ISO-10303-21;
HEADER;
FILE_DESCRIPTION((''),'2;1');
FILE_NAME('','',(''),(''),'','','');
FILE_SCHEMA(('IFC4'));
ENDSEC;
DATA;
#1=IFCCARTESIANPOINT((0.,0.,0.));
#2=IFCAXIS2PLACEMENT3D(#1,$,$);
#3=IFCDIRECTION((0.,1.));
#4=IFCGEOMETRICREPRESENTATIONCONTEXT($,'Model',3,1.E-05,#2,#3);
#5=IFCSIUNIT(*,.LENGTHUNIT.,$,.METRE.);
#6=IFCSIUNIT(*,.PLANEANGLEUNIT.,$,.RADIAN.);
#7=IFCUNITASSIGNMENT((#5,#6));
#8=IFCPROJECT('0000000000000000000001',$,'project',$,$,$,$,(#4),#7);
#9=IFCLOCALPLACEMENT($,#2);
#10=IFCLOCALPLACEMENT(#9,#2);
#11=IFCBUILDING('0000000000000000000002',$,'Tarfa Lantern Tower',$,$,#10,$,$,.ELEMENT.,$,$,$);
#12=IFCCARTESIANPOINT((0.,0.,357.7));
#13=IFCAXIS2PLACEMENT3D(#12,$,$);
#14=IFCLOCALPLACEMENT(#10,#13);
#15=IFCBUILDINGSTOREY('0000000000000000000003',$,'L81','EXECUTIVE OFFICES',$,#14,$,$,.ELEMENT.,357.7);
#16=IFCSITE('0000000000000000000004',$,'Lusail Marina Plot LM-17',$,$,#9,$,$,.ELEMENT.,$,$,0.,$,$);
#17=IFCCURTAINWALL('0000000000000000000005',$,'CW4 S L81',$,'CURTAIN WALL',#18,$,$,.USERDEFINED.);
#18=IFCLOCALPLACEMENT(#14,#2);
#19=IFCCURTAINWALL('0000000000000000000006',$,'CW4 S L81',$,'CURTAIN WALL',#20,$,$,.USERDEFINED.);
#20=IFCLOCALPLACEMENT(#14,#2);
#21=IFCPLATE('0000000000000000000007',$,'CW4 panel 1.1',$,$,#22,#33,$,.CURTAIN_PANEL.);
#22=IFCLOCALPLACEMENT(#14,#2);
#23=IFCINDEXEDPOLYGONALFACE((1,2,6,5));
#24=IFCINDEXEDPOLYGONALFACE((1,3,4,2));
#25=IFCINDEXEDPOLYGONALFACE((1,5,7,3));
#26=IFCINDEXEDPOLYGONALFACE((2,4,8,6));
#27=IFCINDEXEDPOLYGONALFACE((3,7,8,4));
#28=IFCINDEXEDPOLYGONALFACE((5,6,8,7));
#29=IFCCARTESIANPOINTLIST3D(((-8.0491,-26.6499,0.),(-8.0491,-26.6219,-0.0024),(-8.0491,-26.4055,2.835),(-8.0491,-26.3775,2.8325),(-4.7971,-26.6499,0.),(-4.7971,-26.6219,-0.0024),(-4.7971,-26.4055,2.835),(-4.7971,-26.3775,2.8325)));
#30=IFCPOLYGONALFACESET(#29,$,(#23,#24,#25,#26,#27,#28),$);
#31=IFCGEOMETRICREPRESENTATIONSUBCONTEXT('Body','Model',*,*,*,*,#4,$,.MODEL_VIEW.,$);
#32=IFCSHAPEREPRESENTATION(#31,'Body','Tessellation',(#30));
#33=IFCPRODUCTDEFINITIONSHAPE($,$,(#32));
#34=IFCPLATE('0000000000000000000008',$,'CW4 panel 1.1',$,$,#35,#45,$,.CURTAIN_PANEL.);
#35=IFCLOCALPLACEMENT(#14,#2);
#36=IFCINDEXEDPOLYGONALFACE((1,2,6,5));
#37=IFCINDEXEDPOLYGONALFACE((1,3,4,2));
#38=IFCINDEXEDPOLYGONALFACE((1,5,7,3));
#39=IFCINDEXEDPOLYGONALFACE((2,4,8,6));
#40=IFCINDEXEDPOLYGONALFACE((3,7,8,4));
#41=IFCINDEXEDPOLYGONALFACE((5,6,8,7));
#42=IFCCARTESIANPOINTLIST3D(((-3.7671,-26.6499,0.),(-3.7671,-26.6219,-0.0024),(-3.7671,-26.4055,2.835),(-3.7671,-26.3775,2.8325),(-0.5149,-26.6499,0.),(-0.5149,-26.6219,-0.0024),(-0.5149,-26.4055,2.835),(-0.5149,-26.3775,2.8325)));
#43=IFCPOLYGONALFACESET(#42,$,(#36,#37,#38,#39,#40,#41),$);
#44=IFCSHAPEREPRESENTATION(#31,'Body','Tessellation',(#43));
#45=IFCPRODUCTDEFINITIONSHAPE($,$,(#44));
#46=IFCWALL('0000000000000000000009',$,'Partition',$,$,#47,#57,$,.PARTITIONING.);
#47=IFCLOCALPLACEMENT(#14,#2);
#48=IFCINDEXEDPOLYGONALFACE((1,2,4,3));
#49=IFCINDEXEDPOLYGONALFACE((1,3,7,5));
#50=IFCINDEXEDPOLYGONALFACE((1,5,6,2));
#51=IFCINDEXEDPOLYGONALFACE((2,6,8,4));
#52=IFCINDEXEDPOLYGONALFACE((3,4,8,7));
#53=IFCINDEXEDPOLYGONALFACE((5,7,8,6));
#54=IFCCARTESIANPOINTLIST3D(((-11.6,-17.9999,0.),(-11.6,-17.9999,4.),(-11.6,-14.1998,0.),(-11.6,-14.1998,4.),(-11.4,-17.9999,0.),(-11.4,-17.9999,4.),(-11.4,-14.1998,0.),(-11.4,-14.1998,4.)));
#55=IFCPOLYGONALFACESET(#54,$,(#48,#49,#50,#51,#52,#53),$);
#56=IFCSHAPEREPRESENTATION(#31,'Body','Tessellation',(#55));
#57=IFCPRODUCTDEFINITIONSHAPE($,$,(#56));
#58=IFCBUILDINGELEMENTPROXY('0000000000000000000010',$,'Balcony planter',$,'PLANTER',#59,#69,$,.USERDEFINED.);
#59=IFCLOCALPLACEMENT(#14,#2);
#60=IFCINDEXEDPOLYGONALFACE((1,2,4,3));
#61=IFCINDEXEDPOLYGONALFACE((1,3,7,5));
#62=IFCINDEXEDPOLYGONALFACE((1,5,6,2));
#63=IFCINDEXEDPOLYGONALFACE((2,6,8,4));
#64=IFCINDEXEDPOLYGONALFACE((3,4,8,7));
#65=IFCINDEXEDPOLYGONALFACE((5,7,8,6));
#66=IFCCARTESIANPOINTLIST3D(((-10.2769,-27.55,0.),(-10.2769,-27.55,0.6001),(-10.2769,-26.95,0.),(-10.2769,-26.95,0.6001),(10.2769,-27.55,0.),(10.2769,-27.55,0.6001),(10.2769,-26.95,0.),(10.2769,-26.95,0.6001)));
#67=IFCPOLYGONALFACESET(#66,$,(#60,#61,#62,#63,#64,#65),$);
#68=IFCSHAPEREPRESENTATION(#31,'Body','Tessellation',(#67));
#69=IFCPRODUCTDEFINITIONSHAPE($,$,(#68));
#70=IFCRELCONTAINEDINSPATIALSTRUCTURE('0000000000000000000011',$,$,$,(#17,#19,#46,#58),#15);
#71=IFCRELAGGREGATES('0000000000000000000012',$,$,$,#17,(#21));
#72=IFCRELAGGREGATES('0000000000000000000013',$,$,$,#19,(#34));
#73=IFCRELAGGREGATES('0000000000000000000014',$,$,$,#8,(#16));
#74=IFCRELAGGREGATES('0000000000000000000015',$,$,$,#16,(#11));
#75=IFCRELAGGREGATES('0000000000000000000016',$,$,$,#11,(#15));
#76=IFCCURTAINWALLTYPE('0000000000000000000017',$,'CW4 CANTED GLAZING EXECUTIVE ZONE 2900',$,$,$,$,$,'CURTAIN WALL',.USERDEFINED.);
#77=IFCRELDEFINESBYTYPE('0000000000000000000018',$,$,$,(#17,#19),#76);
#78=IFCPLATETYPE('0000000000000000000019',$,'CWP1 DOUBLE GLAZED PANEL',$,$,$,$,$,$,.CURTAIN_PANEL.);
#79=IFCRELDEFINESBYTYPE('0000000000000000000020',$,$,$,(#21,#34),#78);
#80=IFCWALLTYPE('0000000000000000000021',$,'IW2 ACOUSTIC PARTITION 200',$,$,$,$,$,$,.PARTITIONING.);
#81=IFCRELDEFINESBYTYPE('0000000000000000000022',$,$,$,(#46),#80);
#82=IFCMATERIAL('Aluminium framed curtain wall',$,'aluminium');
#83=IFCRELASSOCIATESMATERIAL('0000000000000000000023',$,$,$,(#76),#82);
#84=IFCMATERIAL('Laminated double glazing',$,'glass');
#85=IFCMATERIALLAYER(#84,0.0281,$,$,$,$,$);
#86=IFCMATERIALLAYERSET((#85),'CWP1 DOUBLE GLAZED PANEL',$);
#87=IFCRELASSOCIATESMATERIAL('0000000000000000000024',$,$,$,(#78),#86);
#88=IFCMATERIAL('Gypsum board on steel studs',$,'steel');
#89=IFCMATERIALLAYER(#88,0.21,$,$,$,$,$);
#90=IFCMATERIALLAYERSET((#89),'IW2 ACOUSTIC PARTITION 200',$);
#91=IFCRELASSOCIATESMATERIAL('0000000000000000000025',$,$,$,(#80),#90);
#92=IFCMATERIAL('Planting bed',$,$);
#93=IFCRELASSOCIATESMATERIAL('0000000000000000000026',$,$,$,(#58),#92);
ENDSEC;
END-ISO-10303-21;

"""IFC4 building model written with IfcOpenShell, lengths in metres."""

from ifc_helpers import new_model, si_unit, direction, frame, frame_2d, origin, origin_2d, place, context, subcontext, project, spatial, polyline, rectangle, outline, extrude, material, layer, layer_set, type_object, element, aggregate, save


model = new_model("IFC4")

# Units and contexts
model_context = context("Model", 3, precision=1e-05, world=origin(), true_north=direction((0.0, 1.0)))
body_context = subcontext(model_context, "Body", "Model", "MODEL_VIEW")
ifc_project = project(units=[si_unit("LENGTHUNIT", "METRE"), si_unit("PLANEANGLEUNIT", "RADIAN")], contexts=[model_context])

# Site, building, storey
site_placement = place(None, origin())
site = spatial("IfcSite", under=ifc_project, at=site_placement, Name="Lusail Marina Plot LM-17", CompositionType="ELEMENT", RefElevation=0.0)
building_placement = place(site_placement, origin())
building = spatial("IfcBuilding", under=site, at=building_placement, Name="Tarfa Lantern Tower", CompositionType="ELEMENT")
storey_placement = place(building_placement, frame((0.0, 0.0, 357.7)))
storey = spatial("IfcBuildingStorey", under=building, at=storey_placement, Name="L81", Description="EXECUTIVE OFFICES", CompositionType="ELEMENT", Elevation=357.7)

# Shared definitions
ifc_material_1 = material(Name="Aluminium framed curtain wall", Category="aluminium")
curtain_wall_type = type_object("IfcCurtainWallType", Name="CW4 CANTED GLAZING EXECUTIVE ZONE 2900", ElementType="CURTAIN WALL", PredefinedType="USERDEFINED", material=ifc_material_1)

# Curtain walls
curtain_wall_1_placement = place(storey_placement, origin())
curtain_wall_1 = element("IfcCurtainWall", 1, at=curtain_wall_1_placement, inside=storey, type_object=curtain_wall_type, Name="CW4 S L81", ObjectType="CURTAIN WALL", PredefinedType="USERDEFINED")
curtain_wall_2_placement = place(storey_placement, origin())
curtain_wall_2 = element("IfcCurtainWall", 2, at=curtain_wall_2_placement, inside=storey, type_object=curtain_wall_type, Name="CW4 S L81", ObjectType="CURTAIN WALL", PredefinedType="USERDEFINED")

# Plates
ifc_material_2 = material(Name="Laminated double glazing", Category="glass")
ifc_layer_1 = layer(ifc_material_2, 0.0281)
ifc_layer_set_1 = layer_set([ifc_layer_1], Name="CWP1 DOUBLE GLAZED PANEL")
plate_type = type_object("IfcPlateType", Name="CWP1 DOUBLE GLAZED PANEL", PredefinedType="CURTAIN_PANEL", material=ifc_layer_set_1)
plate_1_placement = place(storey_placement, frame((-8.0491, -26.6499, 0.0), z_axis=(0.0, -0.996305, 0.085885), x_axis=(1.0, 0.0, 0.0)))
plate_1 = element("IfcPlate", 3, at=plate_1_placement, type_object=plate_type, Name="CW4 panel 1.1", PredefinedType="CURTAIN_PANEL", context=body_context, shape_type="SweptSolid", body=[
    extrude(outline(polyline([(0.0, 0.0), (3.252, 0.0), (3.252, 2.8455), (0.0, 2.8455), (0.0, 0.0)])), origin(), (0.0, 0.0, -1.0), 0.0281),
])
aggregate(curtain_wall_1, [plate_1])
plate_2_placement = place(storey_placement, frame((-3.7671, -26.6499, 0.0), z_axis=(0.0, -0.996305, 0.085885), x_axis=(1.0, 0.0, 0.0)))
plate_2 = element("IfcPlate", 4, at=plate_2_placement, type_object=plate_type, Name="CW4 panel 1.1", PredefinedType="CURTAIN_PANEL", context=body_context, shape_type="SweptSolid", body=[
    extrude(outline(polyline([(0.0, 0.0), (3.2522, 0.0), (3.2522, 2.8455), (0.0, 2.8455), (0.0, 0.0)])), origin(), (0.0, 0.0, -1.0), 0.0281),
])
aggregate(curtain_wall_2, [plate_2])

# Wall
ifc_material_3 = material(Name="Gypsum board on steel studs", Category="steel")
ifc_layer_2 = layer(ifc_material_3, 0.21)
ifc_layer_set_2 = layer_set([ifc_layer_2], Name="IW2 ACOUSTIC PARTITION 200")
wall_type = type_object("IfcWallType", Name="IW2 ACOUSTIC PARTITION 200", PredefinedType="PARTITIONING", material=ifc_layer_set_2)
wall_placement = place(storey_placement, frame((-11.5, -14.2, 0.0), z_axis=(0.0, 0.0, 1.0), x_axis=(0.0, -1.0, 0.0)))
element("IfcWall", 5, at=wall_placement, inside=storey, type_object=wall_type, Name="Partition", PredefinedType="PARTITIONING", context=body_context, shape_type="SweptSolid", body=[
    extrude(rectangle(XDim=3.8, YDim=0.2, at=frame_2d((1.8999, 0.0))), origin(), (0.0, 0.0, 1.0), 4.0),
])

# Building element proxy
ifc_material_4 = material(Name="Planting bed")
proxy_placement = place(storey_placement, frame((0.0, -27.25, 0.0), z_axis=(0.0, 0.0, 1.0), x_axis=(1.0, 0.0, 0.0)))
element("IfcBuildingElementProxy", 6, at=proxy_placement, inside=storey, material=ifc_material_4, Name="Balcony planter", ObjectType="PLANTER", PredefinedType="USERDEFINED", context=body_context, shape_type="SweptSolid", body=[
    extrude(rectangle(XDim=20.5537, YDim=0.6001, at=origin_2d()), origin(), (0.0, 0.0, 1.0), 0.6001),
])

save(model, "model.ifc")
